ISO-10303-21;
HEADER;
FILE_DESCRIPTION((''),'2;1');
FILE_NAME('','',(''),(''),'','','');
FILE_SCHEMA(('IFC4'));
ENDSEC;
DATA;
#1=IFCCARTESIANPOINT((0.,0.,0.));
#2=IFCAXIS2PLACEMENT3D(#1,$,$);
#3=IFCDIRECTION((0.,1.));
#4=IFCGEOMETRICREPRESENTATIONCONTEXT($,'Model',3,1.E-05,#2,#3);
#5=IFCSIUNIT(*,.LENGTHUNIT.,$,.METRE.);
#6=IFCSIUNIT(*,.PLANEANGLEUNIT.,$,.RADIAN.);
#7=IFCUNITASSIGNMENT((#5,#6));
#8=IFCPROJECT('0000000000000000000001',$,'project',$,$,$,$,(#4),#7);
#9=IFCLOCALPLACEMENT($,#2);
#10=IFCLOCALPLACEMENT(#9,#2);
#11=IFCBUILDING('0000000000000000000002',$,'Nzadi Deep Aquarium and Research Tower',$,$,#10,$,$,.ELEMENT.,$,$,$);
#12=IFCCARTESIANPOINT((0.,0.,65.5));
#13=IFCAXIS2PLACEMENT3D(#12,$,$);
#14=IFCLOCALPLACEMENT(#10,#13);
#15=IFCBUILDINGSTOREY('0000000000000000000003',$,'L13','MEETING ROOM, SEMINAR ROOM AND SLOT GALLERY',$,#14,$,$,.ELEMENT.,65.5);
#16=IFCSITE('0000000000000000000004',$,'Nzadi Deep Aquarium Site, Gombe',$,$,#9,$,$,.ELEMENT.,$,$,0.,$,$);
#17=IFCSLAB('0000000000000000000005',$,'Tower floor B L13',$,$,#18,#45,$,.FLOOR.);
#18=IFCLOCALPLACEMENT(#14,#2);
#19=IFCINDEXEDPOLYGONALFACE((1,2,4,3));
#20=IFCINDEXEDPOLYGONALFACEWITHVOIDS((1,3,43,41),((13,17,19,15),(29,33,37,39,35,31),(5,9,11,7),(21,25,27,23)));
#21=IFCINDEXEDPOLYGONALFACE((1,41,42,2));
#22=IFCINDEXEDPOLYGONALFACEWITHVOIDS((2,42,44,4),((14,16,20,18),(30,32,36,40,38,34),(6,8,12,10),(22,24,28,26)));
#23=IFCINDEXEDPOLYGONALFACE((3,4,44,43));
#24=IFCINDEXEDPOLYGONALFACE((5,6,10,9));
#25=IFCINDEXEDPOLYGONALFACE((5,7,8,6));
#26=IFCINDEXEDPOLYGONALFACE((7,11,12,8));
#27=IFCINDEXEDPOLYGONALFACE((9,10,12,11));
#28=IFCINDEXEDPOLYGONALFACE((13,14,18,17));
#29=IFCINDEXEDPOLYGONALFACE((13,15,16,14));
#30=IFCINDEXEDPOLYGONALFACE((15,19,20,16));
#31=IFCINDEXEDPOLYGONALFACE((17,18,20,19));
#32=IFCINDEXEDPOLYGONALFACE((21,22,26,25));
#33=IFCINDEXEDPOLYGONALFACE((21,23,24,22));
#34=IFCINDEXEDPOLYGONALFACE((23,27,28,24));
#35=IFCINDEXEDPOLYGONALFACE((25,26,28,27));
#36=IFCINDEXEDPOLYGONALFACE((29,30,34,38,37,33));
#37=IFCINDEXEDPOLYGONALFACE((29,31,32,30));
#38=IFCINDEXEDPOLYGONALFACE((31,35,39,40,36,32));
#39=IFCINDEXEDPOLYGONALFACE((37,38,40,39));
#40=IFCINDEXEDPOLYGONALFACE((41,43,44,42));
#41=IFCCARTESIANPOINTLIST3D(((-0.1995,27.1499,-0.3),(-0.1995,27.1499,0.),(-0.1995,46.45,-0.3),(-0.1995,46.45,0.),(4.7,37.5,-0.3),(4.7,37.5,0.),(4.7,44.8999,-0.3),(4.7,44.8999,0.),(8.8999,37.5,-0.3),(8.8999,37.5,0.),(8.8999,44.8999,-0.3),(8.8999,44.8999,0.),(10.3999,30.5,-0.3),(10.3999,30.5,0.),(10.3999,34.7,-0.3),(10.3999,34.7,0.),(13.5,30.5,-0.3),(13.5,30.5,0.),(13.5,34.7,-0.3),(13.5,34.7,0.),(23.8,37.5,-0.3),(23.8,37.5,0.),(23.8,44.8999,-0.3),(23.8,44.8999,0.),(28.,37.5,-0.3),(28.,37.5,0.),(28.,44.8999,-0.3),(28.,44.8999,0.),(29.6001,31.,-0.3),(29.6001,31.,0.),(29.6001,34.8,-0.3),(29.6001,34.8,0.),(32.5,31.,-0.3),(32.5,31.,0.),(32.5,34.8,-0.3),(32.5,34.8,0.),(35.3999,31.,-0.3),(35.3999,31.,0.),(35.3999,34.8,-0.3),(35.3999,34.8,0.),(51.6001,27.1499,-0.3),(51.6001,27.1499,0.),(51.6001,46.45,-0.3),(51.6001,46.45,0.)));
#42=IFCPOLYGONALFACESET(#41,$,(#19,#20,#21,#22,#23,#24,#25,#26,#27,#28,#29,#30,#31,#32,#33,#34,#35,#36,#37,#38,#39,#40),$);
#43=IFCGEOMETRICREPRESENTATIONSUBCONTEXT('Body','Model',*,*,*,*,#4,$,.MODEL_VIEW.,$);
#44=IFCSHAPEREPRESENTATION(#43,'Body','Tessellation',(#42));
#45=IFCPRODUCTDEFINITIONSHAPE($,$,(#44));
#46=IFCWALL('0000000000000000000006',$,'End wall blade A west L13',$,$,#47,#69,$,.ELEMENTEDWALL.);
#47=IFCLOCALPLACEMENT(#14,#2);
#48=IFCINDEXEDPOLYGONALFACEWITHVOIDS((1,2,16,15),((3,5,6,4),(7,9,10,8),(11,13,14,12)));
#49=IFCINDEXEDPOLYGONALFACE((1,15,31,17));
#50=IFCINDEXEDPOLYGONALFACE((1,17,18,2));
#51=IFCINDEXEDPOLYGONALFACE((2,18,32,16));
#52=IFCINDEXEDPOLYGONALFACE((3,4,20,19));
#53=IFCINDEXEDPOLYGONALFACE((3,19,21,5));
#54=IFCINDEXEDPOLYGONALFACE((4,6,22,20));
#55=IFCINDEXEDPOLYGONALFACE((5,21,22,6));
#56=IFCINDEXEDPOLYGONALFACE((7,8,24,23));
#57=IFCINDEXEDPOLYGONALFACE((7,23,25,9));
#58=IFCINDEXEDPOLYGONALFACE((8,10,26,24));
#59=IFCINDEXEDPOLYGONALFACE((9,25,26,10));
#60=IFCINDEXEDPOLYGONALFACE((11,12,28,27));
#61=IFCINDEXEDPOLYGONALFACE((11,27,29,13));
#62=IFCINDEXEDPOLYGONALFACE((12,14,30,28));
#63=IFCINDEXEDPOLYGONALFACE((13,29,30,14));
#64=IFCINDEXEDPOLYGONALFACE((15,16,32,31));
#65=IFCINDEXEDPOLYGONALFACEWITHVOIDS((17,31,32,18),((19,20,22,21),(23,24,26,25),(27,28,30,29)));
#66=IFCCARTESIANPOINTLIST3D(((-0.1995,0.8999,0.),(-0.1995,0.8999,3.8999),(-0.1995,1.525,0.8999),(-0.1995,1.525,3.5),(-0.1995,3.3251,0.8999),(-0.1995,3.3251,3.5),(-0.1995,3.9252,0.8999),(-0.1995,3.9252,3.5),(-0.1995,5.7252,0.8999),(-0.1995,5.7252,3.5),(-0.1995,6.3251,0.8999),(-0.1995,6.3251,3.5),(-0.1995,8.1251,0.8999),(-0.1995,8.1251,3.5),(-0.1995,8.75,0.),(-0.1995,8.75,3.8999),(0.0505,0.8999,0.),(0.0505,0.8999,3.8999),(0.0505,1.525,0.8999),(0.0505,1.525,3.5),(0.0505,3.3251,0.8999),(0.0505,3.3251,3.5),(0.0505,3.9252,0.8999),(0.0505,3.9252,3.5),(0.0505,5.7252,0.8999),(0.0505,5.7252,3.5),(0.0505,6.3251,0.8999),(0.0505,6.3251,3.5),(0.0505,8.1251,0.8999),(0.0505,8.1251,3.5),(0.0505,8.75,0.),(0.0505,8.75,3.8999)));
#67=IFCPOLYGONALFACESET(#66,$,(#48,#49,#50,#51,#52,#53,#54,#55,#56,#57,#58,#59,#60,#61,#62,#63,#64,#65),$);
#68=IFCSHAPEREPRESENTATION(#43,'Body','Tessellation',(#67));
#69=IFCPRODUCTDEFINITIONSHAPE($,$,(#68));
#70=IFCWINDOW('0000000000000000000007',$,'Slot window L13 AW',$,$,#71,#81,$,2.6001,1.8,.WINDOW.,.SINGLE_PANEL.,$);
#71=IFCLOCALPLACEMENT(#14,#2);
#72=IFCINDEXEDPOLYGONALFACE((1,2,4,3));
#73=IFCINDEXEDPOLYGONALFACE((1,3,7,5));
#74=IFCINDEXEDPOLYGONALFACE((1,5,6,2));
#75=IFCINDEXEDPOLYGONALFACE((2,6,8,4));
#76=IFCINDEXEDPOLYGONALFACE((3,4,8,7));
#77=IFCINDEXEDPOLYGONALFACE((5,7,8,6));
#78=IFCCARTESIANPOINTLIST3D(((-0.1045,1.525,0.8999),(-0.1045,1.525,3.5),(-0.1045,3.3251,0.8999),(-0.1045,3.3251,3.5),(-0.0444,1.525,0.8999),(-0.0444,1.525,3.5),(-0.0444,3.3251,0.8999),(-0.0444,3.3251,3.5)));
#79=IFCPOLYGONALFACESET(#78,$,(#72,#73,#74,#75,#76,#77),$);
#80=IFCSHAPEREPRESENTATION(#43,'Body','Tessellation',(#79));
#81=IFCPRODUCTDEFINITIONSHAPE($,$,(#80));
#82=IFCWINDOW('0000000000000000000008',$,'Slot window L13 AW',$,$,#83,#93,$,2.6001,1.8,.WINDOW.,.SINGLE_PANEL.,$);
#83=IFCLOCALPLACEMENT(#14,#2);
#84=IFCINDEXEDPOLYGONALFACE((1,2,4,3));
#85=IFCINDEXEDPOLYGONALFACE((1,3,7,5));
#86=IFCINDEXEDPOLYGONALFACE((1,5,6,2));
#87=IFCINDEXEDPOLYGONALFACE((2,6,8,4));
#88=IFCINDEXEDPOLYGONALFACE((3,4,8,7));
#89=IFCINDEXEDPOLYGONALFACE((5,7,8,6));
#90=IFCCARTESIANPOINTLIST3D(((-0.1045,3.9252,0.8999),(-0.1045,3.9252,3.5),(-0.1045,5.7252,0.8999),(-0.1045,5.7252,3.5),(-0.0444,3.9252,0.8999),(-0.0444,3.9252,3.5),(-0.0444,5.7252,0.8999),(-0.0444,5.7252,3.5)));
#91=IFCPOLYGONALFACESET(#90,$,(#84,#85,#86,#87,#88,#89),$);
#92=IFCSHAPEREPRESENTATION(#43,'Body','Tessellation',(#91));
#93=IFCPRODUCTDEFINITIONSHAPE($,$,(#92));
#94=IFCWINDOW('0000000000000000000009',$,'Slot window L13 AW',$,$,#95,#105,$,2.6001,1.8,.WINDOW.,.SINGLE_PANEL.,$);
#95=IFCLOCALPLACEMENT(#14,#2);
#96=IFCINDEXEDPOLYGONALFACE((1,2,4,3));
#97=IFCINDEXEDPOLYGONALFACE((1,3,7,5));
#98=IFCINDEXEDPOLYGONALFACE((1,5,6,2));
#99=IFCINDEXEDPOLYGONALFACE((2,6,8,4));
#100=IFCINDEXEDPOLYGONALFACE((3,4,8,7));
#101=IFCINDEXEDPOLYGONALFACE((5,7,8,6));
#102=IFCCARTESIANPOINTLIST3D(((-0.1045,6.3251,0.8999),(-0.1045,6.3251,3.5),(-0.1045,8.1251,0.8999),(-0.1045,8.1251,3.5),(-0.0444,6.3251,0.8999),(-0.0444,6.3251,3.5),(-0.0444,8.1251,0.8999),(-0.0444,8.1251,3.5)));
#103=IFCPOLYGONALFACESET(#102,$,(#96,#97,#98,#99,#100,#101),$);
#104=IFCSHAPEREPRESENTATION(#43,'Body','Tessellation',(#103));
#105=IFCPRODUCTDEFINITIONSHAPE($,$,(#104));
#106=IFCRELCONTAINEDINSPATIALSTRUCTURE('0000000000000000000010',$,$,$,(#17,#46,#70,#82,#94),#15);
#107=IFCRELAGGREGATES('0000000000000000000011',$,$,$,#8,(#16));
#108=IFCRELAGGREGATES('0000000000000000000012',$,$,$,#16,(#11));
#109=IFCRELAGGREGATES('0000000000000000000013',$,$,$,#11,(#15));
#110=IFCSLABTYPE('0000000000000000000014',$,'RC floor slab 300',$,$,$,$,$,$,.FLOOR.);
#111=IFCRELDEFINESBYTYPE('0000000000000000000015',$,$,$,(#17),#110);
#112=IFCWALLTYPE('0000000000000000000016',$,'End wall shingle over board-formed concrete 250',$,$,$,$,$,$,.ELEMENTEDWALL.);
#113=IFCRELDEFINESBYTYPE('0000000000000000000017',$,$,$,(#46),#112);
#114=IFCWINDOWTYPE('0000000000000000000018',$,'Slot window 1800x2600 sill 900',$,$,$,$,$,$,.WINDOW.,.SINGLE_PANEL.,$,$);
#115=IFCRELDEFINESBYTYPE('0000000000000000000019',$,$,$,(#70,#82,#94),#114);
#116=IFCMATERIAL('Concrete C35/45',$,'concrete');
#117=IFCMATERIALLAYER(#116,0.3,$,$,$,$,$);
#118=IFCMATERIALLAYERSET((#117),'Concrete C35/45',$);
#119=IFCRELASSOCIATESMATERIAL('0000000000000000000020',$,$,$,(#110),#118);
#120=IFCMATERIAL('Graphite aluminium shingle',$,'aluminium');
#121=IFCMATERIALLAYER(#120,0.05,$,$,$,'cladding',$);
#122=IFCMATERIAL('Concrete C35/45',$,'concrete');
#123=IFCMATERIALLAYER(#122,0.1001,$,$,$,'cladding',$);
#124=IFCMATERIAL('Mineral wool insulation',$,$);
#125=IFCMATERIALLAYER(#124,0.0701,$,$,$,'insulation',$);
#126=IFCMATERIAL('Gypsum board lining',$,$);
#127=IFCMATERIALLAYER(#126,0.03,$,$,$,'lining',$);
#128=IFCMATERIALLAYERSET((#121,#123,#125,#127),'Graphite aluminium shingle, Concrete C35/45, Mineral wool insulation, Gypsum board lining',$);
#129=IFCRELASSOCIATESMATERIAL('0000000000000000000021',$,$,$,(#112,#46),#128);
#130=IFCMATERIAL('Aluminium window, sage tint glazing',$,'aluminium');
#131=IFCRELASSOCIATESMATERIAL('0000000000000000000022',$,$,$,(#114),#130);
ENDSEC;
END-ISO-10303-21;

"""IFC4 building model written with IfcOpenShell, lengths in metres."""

from ifc_helpers import new_model, si_unit, direction, frame, frame_2d, origin, place, context, subcontext, project, spatial, polyline, rectangle, outline, extrude, material, layer, layer_set, layer_usage, type_object, element, fill, save


model = new_model("IFC4")

# Units and contexts
model_context = context("Model", 3, precision=1e-05, world=origin(), true_north=direction((0.0, 1.0)))
body_context = subcontext(model_context, "Body", "Model", "MODEL_VIEW")
ifc_project = project(units=[si_unit("LENGTHUNIT", "METRE"), si_unit("PLANEANGLEUNIT", "RADIAN")], contexts=[model_context])

# Site, building, storey
site_placement = place(None, origin())
site = spatial("IfcSite", under=ifc_project, at=site_placement, Name="Nzadi Deep Aquarium Site, Gombe", CompositionType="ELEMENT", RefElevation=0.0)
building_placement = place(site_placement, origin())
building = spatial("IfcBuilding", under=site, at=building_placement, Name="Nzadi Deep Aquarium and Research Tower", CompositionType="ELEMENT")
storey_placement = place(building_placement, frame((0.0, 0.0, 65.5)))
storey = spatial("IfcBuildingStorey", under=building, at=storey_placement, Name="L13", Description="MEETING ROOM, SEMINAR ROOM AND SLOT GALLERY", CompositionType="ELEMENT", Elevation=65.5)

# Slab
ifc_material_1 = material(Name="Concrete C35/45", Category="concrete")
ifc_layer_1 = layer(ifc_material_1, 0.3)
ifc_layer_set_1 = layer_set([ifc_layer_1], Name="Concrete C35/45")
slab_type_1 = type_object("IfcSlabType", Name="RC floor slab 300", PredefinedType="FLOOR", material=ifc_layer_set_1)
slab_1_placement = place(storey_placement, frame((0.0, 0.0, -0.3)))
element("IfcSlab", 1, at=slab_1_placement, inside=storey, type_object=slab_type_1, Name="Tower floor B L13", PredefinedType="FLOOR", context=body_context, shape_type="SweptSolid", body=[
    extrude(outline(polyline([(-0.1995, 27.1499), (51.6001, 27.1499), (51.6001, 46.45), (-0.1995, 46.45), (-0.1995, 27.1499)]), holes=[polyline([(8.8999, 44.8999), (8.8999, 37.5), (4.7, 37.5), (4.7, 44.8999), (8.8999, 44.8999)]), polyline([(28.0, 37.5), (23.8, 37.5), (23.8, 44.8999), (28.0, 44.8999), (28.0, 37.5)]), polyline([(10.3999, 30.5), (10.3999, 34.7), (13.5, 34.7), (13.5, 30.5), (10.3999, 30.5)]), polyline([(29.6001, 34.8), (32.5, 34.8), (35.3999, 34.8), (35.3999, 31.0), (32.5, 31.0), (29.6001, 31.0), (29.6001, 34.8)])]), origin(), (0.0, 0.0, 1.0), 0.3),
])

# Wall, openings, windows
ifc_material_2 = material(Name="Graphite aluminium shingle", Category="aluminium")
ifc_layer_2 = layer(ifc_material_2, 0.05, Category="cladding")
ifc_material_3 = material(Name="Concrete C35/45", Category="concrete")
ifc_layer_3 = layer(ifc_material_3, 0.1001, Category="cladding")
ifc_material_4 = material(Name="Mineral wool insulation")
ifc_layer_4 = layer(ifc_material_4, 0.0701, Category="insulation")
ifc_material_5 = material(Name="Gypsum board lining")
ifc_layer_5 = layer(ifc_material_5, 0.03, Category="lining")
ifc_layer_set_2 = layer_set([ifc_layer_2, ifc_layer_3, ifc_layer_4, ifc_layer_5], Name="Graphite aluminium shingle, Concrete C35/45, Mineral wool insulation, Gypsum board lining")
ifc_layer_usage = layer_usage(ifc_layer_set_2, "AXIS2", "POSITIVE", -0.125)
wall_type_1 = type_object("IfcWallType", Name="End wall shingle over board-formed concrete 250", PredefinedType="ELEMENTEDWALL", material=ifc_layer_set_2)
wall_1_placement = place(storey_placement, frame((-0.0745, 8.75, 0.0), z_axis=(0.0, 0.0, 1.0), x_axis=(0.0, -1.0, 0.0)))
wall_1 = element("IfcWall", 2, at=wall_1_placement, inside=storey, type_object=wall_type_1, material=ifc_layer_usage, Name="End wall blade A west L13", PredefinedType="ELEMENTEDWALL", context=body_context, shape_type="SweptSolid", body=[
    extrude(rectangle(XDim=7.8501, YDim=0.25, at=frame_2d((3.925, 0.0))), origin(), (0.0, 0.0, 1.0), 3.8999),
])
opening_1_placement = place(wall_1_placement, frame((5.425, 0.0, 0.8999)))
opening_1 = element("IfcOpeningElement", 3, at=opening_1_placement, cuts=wall_1, PredefinedType="OPENING", context=body_context, shape_type="SweptSolid", body=[
    extrude(rectangle(XDim=1.8, YDim=2.6001, at=frame_2d((0.8999, 1.3))), frame((0.0, 0.135, 0.0), z_axis=(0.0, -1.0, 0.0), x_axis=(1.0, 0.0, 0.0)), (0.0, 0.0, 1.0), 0.27),
])
opening_2_placement = place(wall_1_placement, frame((3.0249, 0.0, 0.8999)))
opening_2 = element("IfcOpeningElement", 4, at=opening_2_placement, cuts=wall_1, PredefinedType="OPENING", context=body_context, shape_type="SweptSolid", body=[
    extrude(rectangle(XDim=1.8, YDim=2.6001, at=frame_2d((0.8999, 1.3))), frame((0.0, 0.135, 0.0), z_axis=(0.0, -1.0, 0.0), x_axis=(1.0, 0.0, 0.0)), (0.0, 0.0, 1.0), 0.27),
])
opening_3_placement = place(wall_1_placement, frame((0.625, 0.0, 0.8999)))
opening_3 = element("IfcOpeningElement", 5, at=opening_3_placement, cuts=wall_1, PredefinedType="OPENING", context=body_context, shape_type="SweptSolid", body=[
    extrude(rectangle(XDim=1.8, YDim=2.6001, at=frame_2d((0.8999, 1.3))), frame((0.0, 0.135, 0.0), z_axis=(0.0, -1.0, 0.0), x_axis=(1.0, 0.0, 0.0)), (0.0, 0.0, 1.0), 0.27),
])
ifc_material_6 = material(Name="Aluminium window, sage tint glazing", Category="aluminium")
window_type = type_object("IfcWindowType", Name="Slot window 1800x2600 sill 900", PartitioningType="SINGLE_PANEL", PredefinedType="WINDOW", material=ifc_material_6)
window_1_placement = place(opening_1_placement, origin())
window_1 = element("IfcWindow", 6, at=window_1_placement, inside=storey, type_object=window_type, Name="Slot window L13 AW", OverallHeight=2.6001, OverallWidth=1.8, PartitioningType="SINGLE_PANEL", PredefinedType="WINDOW", context=body_context, shape_type="SweptSolid", body=[
    extrude(rectangle(XDim=1.8, YDim=2.6001, at=frame_2d((0.8999, 1.3))), frame((0.0, 0.03, 0.0), z_axis=(0.0, -1.0, 0.0), x_axis=(1.0, 0.0, 0.0)), (0.0, 0.0, 1.0), 0.0601),
])
fill(opening_1, window_1)
window_2_placement = place(opening_2_placement, origin())
window_2 = element("IfcWindow", 7, at=window_2_placement, inside=storey, type_object=window_type, Name="Slot window L13 AW", OverallHeight=2.6001, OverallWidth=1.8, PartitioningType="SINGLE_PANEL", PredefinedType="WINDOW", context=body_context, shape_type="SweptSolid", body=[
    extrude(rectangle(XDim=1.8, YDim=2.6001, at=frame_2d((0.8999, 1.3))), frame((0.0, 0.03, 0.0), z_axis=(0.0, -1.0, 0.0), x_axis=(1.0, 0.0, 0.0)), (0.0, 0.0, 1.0), 0.0601),
])
fill(opening_2, window_2)
window_3_placement = place(opening_3_placement, origin())
window_3 = element("IfcWindow", 8, at=window_3_placement, inside=storey, type_object=window_type, Name="Slot window L13 AW", OverallHeight=2.6001, OverallWidth=1.8, PartitioningType="SINGLE_PANEL", PredefinedType="WINDOW", context=body_context, shape_type="SweptSolid", body=[
    extrude(rectangle(XDim=1.8, YDim=2.6001, at=frame_2d((0.8999, 1.3))), frame((0.0, 0.03, 0.0), z_axis=(0.0, -1.0, 0.0), x_axis=(1.0, 0.0, 0.0)), (0.0, 0.0, 1.0), 0.0601),
])
fill(opening_3, window_3)

save(model, "model.ifc")
